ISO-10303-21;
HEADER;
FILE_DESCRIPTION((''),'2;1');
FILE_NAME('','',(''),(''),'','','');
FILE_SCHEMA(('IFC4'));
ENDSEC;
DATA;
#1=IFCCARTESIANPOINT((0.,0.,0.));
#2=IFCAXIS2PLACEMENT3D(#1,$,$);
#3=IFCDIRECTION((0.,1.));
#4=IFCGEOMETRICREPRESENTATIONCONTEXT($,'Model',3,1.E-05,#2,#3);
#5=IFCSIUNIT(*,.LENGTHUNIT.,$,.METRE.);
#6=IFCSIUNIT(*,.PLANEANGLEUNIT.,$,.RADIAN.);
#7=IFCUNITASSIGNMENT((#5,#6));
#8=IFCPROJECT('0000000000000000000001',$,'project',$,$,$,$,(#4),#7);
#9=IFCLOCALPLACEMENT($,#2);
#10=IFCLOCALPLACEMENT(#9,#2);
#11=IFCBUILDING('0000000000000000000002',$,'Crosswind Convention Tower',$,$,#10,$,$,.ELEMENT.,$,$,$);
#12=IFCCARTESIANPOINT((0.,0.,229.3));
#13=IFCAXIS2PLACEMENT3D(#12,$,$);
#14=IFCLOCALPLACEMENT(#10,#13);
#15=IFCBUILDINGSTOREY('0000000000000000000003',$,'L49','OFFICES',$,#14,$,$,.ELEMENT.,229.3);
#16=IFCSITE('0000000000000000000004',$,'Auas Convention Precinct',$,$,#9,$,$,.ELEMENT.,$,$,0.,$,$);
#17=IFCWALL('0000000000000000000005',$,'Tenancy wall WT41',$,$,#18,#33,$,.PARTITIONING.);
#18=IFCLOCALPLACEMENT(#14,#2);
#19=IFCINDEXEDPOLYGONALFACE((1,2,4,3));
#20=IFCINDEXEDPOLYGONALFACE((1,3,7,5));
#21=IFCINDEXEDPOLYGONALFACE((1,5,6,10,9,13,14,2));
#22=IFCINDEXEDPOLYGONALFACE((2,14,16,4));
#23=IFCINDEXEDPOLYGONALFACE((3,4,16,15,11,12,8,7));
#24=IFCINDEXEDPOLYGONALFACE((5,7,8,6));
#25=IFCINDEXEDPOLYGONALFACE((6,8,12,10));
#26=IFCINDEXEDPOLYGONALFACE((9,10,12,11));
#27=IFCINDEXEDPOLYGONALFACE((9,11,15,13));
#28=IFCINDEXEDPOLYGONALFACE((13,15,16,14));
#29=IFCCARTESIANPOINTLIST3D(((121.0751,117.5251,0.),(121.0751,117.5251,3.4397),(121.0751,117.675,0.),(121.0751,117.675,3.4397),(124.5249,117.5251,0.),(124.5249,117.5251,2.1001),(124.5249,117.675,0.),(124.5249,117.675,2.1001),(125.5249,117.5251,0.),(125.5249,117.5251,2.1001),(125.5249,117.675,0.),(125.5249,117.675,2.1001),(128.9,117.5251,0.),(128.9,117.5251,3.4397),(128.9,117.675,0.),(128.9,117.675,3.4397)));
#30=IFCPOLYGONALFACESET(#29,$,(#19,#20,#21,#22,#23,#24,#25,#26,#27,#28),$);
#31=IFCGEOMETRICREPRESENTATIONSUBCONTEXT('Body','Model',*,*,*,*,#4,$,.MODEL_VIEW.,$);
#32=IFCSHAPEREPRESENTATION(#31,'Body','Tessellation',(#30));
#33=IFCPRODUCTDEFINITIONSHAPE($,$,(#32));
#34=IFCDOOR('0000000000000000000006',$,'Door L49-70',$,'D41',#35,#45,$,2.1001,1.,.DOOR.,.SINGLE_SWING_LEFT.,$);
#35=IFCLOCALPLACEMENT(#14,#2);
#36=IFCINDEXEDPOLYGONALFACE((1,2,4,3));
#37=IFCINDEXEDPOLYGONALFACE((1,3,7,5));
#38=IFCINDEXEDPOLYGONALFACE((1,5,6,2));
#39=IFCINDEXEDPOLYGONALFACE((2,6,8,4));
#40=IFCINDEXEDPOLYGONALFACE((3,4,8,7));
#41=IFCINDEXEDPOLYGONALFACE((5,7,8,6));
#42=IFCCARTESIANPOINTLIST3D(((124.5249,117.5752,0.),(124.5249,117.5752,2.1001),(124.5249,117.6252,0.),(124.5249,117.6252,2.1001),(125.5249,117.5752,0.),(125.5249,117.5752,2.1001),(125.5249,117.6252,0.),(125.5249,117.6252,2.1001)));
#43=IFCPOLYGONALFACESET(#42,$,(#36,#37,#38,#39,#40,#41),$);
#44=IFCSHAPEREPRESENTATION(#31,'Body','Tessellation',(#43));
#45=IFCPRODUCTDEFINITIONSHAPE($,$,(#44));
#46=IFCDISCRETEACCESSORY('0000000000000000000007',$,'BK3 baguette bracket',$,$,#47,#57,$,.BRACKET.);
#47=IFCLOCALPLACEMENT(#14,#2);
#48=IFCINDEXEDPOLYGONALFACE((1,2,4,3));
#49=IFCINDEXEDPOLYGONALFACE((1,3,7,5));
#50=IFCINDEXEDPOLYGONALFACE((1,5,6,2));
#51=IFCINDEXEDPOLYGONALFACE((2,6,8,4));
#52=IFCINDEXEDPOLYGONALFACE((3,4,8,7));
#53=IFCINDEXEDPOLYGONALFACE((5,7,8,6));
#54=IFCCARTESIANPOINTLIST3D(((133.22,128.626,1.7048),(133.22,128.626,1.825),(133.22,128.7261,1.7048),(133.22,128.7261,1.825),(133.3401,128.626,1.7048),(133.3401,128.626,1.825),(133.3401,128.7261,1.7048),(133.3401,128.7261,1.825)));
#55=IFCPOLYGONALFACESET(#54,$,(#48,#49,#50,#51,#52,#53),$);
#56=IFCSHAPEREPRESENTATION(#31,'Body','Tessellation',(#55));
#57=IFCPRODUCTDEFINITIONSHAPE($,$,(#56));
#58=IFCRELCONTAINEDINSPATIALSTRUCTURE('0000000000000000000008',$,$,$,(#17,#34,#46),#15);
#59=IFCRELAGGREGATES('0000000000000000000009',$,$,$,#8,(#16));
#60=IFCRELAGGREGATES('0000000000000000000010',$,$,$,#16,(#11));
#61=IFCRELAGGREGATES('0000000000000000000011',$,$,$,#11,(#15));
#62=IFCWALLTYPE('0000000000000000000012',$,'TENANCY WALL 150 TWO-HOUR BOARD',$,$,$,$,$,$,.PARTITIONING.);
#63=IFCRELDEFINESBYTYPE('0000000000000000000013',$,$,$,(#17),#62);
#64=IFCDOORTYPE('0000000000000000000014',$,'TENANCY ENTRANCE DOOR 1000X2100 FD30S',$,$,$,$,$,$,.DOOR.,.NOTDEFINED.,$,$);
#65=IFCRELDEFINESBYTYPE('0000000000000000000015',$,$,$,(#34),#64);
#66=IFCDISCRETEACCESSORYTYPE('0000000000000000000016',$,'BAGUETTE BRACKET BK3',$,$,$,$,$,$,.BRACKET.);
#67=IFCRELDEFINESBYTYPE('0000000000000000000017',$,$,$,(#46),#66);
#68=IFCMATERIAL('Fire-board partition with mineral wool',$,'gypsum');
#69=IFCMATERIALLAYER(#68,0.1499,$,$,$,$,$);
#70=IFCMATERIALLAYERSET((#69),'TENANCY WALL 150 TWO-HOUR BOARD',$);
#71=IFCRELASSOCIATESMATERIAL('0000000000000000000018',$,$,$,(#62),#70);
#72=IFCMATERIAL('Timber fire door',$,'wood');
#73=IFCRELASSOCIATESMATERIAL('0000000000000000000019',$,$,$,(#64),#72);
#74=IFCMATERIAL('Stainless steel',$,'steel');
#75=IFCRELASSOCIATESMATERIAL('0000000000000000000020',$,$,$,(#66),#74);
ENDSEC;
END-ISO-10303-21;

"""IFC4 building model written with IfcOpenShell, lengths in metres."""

from ifc_helpers import new_model, si_unit, direction, frame, frame_2d, origin, origin_2d, place, context, subcontext, project, spatial, rectangle, extrude, material, layer, layer_set, type_object, element, fill, save


model = new_model("IFC4")

# Units and contexts
model_context = context("Model", 3, precision=1e-05, world=origin(), true_north=direction((0.0, 1.0)))
body_context = subcontext(model_context, "Body", "Model", "MODEL_VIEW")
ifc_project = project(units=[si_unit("LENGTHUNIT", "METRE"), si_unit("PLANEANGLEUNIT", "RADIAN")], contexts=[model_context])

# Site, building, storey
site_placement = place(None, origin())
site = spatial("IfcSite", under=ifc_project, at=site_placement, Name="Auas Convention Precinct", CompositionType="ELEMENT", RefElevation=0.0)
building_placement = place(site_placement, origin())
building = spatial("IfcBuilding", under=site, at=building_placement, Name="Crosswind Convention Tower", CompositionType="ELEMENT")
storey_placement = place(building_placement, frame((0.0, 0.0, 229.3)))
storey = spatial("IfcBuildingStorey", under=building, at=storey_placement, Name="L49", Description="OFFICES", CompositionType="ELEMENT", Elevation=229.3)

# Wall, opening, door
ifc_material_1 = material(Name="Fire-board partition with mineral wool", Category="gypsum")
ifc_layer_1 = layer(ifc_material_1, 0.1499)
ifc_layer_set_1 = layer_set([ifc_layer_1], Name="TENANCY WALL 150 TWO-HOUR BOARD")
wall_type_1 = type_object("IfcWallType", Name="TENANCY WALL 150 TWO-HOUR BOARD", PredefinedType="PARTITIONING", material=ifc_layer_set_1)
wall_1_placement = place(storey_placement, frame((121.075, 117.6001, 0.0), z_axis=(0.0, 0.0, 1.0), x_axis=(1.0, 0.0, 0.0)))
wall_1 = element("IfcWall", 1, at=wall_1_placement, inside=storey, type_object=wall_type_1, Name="Tenancy wall WT41", PredefinedType="PARTITIONING", context=body_context, shape_type="SweptSolid", body=[
    extrude(rectangle(XDim=7.825, YDim=0.1499, at=frame_2d((3.9126, 0.0))), origin(), (0.0, 0.0, 1.0), 3.4397),
])
opening_placement = place(wall_1_placement, frame((3.45, 0.0, 0.0)))
opening = element("IfcOpeningElement", 2, at=opening_placement, cuts=wall_1, PredefinedType="OPENING", context=body_context, shape_type="SweptSolid", body=[
    extrude(rectangle(XDim=1.0, YDim=2.1001, at=frame_2d((0.5, 1.05))), frame((0.0, 0.085, 0.0), z_axis=(0.0, -1.0, 0.0), x_axis=(1.0, 0.0, 0.0)), (0.0, 0.0, 1.0), 0.1699),
])
ifc_material_2 = material(Name="Timber fire door", Category="wood")
door_type = type_object("IfcDoorType", Name="TENANCY ENTRANCE DOOR 1000X2100 FD30S", OperationType="NOTDEFINED", PredefinedType="DOOR", material=ifc_material_2)
door_placement = place(opening_placement, frame((1.0, 0.0, 0.0), z_axis=(0.0, 0.0, 1.0), x_axis=(-1.0, 0.0, 0.0)))
door = element("IfcDoor", 3, at=door_placement, inside=storey, type_object=door_type, Name="Door L49-70", ObjectType="D41", OperationType="SINGLE_SWING_LEFT", OverallHeight=2.1001, OverallWidth=1.0, PredefinedType="DOOR", context=body_context, shape_type="SweptSolid", body=[
    extrude(rectangle(XDim=1.0, YDim=2.1001, at=frame_2d((0.5, 1.05))), frame((0.0, 0.0249, 0.0), z_axis=(0.0, -1.0, 0.0), x_axis=(1.0, 0.0, 0.0)), (0.0, 0.0, 1.0), 0.05),
])
fill(opening, door)

# Discrete accessory
ifc_material_3 = material(Name="Stainless steel", Category="steel")
discrete_accessory_type = type_object("IfcDiscreteAccessoryType", Name="BAGUETTE BRACKET BK3", PredefinedType="BRACKET", material=ifc_material_3)
discrete_accessory_placement = place(storey_placement, frame((133.28, 128.676, 1.7048), z_axis=(0.0, 0.0, 1.0), x_axis=(-1.0, 0.0, 0.0)))
element("IfcDiscreteAccessory", 4, at=discrete_accessory_placement, inside=storey, type_object=discrete_accessory_type, Name="BK3 baguette bracket", PredefinedType="BRACKET", context=body_context, shape_type="SweptSolid", body=[
    extrude(rectangle(XDim=0.1201, YDim=0.1001, at=origin_2d()), origin(), (0.0, 0.0, 1.0), 0.1201),
])

save(model, "model.ifc")
